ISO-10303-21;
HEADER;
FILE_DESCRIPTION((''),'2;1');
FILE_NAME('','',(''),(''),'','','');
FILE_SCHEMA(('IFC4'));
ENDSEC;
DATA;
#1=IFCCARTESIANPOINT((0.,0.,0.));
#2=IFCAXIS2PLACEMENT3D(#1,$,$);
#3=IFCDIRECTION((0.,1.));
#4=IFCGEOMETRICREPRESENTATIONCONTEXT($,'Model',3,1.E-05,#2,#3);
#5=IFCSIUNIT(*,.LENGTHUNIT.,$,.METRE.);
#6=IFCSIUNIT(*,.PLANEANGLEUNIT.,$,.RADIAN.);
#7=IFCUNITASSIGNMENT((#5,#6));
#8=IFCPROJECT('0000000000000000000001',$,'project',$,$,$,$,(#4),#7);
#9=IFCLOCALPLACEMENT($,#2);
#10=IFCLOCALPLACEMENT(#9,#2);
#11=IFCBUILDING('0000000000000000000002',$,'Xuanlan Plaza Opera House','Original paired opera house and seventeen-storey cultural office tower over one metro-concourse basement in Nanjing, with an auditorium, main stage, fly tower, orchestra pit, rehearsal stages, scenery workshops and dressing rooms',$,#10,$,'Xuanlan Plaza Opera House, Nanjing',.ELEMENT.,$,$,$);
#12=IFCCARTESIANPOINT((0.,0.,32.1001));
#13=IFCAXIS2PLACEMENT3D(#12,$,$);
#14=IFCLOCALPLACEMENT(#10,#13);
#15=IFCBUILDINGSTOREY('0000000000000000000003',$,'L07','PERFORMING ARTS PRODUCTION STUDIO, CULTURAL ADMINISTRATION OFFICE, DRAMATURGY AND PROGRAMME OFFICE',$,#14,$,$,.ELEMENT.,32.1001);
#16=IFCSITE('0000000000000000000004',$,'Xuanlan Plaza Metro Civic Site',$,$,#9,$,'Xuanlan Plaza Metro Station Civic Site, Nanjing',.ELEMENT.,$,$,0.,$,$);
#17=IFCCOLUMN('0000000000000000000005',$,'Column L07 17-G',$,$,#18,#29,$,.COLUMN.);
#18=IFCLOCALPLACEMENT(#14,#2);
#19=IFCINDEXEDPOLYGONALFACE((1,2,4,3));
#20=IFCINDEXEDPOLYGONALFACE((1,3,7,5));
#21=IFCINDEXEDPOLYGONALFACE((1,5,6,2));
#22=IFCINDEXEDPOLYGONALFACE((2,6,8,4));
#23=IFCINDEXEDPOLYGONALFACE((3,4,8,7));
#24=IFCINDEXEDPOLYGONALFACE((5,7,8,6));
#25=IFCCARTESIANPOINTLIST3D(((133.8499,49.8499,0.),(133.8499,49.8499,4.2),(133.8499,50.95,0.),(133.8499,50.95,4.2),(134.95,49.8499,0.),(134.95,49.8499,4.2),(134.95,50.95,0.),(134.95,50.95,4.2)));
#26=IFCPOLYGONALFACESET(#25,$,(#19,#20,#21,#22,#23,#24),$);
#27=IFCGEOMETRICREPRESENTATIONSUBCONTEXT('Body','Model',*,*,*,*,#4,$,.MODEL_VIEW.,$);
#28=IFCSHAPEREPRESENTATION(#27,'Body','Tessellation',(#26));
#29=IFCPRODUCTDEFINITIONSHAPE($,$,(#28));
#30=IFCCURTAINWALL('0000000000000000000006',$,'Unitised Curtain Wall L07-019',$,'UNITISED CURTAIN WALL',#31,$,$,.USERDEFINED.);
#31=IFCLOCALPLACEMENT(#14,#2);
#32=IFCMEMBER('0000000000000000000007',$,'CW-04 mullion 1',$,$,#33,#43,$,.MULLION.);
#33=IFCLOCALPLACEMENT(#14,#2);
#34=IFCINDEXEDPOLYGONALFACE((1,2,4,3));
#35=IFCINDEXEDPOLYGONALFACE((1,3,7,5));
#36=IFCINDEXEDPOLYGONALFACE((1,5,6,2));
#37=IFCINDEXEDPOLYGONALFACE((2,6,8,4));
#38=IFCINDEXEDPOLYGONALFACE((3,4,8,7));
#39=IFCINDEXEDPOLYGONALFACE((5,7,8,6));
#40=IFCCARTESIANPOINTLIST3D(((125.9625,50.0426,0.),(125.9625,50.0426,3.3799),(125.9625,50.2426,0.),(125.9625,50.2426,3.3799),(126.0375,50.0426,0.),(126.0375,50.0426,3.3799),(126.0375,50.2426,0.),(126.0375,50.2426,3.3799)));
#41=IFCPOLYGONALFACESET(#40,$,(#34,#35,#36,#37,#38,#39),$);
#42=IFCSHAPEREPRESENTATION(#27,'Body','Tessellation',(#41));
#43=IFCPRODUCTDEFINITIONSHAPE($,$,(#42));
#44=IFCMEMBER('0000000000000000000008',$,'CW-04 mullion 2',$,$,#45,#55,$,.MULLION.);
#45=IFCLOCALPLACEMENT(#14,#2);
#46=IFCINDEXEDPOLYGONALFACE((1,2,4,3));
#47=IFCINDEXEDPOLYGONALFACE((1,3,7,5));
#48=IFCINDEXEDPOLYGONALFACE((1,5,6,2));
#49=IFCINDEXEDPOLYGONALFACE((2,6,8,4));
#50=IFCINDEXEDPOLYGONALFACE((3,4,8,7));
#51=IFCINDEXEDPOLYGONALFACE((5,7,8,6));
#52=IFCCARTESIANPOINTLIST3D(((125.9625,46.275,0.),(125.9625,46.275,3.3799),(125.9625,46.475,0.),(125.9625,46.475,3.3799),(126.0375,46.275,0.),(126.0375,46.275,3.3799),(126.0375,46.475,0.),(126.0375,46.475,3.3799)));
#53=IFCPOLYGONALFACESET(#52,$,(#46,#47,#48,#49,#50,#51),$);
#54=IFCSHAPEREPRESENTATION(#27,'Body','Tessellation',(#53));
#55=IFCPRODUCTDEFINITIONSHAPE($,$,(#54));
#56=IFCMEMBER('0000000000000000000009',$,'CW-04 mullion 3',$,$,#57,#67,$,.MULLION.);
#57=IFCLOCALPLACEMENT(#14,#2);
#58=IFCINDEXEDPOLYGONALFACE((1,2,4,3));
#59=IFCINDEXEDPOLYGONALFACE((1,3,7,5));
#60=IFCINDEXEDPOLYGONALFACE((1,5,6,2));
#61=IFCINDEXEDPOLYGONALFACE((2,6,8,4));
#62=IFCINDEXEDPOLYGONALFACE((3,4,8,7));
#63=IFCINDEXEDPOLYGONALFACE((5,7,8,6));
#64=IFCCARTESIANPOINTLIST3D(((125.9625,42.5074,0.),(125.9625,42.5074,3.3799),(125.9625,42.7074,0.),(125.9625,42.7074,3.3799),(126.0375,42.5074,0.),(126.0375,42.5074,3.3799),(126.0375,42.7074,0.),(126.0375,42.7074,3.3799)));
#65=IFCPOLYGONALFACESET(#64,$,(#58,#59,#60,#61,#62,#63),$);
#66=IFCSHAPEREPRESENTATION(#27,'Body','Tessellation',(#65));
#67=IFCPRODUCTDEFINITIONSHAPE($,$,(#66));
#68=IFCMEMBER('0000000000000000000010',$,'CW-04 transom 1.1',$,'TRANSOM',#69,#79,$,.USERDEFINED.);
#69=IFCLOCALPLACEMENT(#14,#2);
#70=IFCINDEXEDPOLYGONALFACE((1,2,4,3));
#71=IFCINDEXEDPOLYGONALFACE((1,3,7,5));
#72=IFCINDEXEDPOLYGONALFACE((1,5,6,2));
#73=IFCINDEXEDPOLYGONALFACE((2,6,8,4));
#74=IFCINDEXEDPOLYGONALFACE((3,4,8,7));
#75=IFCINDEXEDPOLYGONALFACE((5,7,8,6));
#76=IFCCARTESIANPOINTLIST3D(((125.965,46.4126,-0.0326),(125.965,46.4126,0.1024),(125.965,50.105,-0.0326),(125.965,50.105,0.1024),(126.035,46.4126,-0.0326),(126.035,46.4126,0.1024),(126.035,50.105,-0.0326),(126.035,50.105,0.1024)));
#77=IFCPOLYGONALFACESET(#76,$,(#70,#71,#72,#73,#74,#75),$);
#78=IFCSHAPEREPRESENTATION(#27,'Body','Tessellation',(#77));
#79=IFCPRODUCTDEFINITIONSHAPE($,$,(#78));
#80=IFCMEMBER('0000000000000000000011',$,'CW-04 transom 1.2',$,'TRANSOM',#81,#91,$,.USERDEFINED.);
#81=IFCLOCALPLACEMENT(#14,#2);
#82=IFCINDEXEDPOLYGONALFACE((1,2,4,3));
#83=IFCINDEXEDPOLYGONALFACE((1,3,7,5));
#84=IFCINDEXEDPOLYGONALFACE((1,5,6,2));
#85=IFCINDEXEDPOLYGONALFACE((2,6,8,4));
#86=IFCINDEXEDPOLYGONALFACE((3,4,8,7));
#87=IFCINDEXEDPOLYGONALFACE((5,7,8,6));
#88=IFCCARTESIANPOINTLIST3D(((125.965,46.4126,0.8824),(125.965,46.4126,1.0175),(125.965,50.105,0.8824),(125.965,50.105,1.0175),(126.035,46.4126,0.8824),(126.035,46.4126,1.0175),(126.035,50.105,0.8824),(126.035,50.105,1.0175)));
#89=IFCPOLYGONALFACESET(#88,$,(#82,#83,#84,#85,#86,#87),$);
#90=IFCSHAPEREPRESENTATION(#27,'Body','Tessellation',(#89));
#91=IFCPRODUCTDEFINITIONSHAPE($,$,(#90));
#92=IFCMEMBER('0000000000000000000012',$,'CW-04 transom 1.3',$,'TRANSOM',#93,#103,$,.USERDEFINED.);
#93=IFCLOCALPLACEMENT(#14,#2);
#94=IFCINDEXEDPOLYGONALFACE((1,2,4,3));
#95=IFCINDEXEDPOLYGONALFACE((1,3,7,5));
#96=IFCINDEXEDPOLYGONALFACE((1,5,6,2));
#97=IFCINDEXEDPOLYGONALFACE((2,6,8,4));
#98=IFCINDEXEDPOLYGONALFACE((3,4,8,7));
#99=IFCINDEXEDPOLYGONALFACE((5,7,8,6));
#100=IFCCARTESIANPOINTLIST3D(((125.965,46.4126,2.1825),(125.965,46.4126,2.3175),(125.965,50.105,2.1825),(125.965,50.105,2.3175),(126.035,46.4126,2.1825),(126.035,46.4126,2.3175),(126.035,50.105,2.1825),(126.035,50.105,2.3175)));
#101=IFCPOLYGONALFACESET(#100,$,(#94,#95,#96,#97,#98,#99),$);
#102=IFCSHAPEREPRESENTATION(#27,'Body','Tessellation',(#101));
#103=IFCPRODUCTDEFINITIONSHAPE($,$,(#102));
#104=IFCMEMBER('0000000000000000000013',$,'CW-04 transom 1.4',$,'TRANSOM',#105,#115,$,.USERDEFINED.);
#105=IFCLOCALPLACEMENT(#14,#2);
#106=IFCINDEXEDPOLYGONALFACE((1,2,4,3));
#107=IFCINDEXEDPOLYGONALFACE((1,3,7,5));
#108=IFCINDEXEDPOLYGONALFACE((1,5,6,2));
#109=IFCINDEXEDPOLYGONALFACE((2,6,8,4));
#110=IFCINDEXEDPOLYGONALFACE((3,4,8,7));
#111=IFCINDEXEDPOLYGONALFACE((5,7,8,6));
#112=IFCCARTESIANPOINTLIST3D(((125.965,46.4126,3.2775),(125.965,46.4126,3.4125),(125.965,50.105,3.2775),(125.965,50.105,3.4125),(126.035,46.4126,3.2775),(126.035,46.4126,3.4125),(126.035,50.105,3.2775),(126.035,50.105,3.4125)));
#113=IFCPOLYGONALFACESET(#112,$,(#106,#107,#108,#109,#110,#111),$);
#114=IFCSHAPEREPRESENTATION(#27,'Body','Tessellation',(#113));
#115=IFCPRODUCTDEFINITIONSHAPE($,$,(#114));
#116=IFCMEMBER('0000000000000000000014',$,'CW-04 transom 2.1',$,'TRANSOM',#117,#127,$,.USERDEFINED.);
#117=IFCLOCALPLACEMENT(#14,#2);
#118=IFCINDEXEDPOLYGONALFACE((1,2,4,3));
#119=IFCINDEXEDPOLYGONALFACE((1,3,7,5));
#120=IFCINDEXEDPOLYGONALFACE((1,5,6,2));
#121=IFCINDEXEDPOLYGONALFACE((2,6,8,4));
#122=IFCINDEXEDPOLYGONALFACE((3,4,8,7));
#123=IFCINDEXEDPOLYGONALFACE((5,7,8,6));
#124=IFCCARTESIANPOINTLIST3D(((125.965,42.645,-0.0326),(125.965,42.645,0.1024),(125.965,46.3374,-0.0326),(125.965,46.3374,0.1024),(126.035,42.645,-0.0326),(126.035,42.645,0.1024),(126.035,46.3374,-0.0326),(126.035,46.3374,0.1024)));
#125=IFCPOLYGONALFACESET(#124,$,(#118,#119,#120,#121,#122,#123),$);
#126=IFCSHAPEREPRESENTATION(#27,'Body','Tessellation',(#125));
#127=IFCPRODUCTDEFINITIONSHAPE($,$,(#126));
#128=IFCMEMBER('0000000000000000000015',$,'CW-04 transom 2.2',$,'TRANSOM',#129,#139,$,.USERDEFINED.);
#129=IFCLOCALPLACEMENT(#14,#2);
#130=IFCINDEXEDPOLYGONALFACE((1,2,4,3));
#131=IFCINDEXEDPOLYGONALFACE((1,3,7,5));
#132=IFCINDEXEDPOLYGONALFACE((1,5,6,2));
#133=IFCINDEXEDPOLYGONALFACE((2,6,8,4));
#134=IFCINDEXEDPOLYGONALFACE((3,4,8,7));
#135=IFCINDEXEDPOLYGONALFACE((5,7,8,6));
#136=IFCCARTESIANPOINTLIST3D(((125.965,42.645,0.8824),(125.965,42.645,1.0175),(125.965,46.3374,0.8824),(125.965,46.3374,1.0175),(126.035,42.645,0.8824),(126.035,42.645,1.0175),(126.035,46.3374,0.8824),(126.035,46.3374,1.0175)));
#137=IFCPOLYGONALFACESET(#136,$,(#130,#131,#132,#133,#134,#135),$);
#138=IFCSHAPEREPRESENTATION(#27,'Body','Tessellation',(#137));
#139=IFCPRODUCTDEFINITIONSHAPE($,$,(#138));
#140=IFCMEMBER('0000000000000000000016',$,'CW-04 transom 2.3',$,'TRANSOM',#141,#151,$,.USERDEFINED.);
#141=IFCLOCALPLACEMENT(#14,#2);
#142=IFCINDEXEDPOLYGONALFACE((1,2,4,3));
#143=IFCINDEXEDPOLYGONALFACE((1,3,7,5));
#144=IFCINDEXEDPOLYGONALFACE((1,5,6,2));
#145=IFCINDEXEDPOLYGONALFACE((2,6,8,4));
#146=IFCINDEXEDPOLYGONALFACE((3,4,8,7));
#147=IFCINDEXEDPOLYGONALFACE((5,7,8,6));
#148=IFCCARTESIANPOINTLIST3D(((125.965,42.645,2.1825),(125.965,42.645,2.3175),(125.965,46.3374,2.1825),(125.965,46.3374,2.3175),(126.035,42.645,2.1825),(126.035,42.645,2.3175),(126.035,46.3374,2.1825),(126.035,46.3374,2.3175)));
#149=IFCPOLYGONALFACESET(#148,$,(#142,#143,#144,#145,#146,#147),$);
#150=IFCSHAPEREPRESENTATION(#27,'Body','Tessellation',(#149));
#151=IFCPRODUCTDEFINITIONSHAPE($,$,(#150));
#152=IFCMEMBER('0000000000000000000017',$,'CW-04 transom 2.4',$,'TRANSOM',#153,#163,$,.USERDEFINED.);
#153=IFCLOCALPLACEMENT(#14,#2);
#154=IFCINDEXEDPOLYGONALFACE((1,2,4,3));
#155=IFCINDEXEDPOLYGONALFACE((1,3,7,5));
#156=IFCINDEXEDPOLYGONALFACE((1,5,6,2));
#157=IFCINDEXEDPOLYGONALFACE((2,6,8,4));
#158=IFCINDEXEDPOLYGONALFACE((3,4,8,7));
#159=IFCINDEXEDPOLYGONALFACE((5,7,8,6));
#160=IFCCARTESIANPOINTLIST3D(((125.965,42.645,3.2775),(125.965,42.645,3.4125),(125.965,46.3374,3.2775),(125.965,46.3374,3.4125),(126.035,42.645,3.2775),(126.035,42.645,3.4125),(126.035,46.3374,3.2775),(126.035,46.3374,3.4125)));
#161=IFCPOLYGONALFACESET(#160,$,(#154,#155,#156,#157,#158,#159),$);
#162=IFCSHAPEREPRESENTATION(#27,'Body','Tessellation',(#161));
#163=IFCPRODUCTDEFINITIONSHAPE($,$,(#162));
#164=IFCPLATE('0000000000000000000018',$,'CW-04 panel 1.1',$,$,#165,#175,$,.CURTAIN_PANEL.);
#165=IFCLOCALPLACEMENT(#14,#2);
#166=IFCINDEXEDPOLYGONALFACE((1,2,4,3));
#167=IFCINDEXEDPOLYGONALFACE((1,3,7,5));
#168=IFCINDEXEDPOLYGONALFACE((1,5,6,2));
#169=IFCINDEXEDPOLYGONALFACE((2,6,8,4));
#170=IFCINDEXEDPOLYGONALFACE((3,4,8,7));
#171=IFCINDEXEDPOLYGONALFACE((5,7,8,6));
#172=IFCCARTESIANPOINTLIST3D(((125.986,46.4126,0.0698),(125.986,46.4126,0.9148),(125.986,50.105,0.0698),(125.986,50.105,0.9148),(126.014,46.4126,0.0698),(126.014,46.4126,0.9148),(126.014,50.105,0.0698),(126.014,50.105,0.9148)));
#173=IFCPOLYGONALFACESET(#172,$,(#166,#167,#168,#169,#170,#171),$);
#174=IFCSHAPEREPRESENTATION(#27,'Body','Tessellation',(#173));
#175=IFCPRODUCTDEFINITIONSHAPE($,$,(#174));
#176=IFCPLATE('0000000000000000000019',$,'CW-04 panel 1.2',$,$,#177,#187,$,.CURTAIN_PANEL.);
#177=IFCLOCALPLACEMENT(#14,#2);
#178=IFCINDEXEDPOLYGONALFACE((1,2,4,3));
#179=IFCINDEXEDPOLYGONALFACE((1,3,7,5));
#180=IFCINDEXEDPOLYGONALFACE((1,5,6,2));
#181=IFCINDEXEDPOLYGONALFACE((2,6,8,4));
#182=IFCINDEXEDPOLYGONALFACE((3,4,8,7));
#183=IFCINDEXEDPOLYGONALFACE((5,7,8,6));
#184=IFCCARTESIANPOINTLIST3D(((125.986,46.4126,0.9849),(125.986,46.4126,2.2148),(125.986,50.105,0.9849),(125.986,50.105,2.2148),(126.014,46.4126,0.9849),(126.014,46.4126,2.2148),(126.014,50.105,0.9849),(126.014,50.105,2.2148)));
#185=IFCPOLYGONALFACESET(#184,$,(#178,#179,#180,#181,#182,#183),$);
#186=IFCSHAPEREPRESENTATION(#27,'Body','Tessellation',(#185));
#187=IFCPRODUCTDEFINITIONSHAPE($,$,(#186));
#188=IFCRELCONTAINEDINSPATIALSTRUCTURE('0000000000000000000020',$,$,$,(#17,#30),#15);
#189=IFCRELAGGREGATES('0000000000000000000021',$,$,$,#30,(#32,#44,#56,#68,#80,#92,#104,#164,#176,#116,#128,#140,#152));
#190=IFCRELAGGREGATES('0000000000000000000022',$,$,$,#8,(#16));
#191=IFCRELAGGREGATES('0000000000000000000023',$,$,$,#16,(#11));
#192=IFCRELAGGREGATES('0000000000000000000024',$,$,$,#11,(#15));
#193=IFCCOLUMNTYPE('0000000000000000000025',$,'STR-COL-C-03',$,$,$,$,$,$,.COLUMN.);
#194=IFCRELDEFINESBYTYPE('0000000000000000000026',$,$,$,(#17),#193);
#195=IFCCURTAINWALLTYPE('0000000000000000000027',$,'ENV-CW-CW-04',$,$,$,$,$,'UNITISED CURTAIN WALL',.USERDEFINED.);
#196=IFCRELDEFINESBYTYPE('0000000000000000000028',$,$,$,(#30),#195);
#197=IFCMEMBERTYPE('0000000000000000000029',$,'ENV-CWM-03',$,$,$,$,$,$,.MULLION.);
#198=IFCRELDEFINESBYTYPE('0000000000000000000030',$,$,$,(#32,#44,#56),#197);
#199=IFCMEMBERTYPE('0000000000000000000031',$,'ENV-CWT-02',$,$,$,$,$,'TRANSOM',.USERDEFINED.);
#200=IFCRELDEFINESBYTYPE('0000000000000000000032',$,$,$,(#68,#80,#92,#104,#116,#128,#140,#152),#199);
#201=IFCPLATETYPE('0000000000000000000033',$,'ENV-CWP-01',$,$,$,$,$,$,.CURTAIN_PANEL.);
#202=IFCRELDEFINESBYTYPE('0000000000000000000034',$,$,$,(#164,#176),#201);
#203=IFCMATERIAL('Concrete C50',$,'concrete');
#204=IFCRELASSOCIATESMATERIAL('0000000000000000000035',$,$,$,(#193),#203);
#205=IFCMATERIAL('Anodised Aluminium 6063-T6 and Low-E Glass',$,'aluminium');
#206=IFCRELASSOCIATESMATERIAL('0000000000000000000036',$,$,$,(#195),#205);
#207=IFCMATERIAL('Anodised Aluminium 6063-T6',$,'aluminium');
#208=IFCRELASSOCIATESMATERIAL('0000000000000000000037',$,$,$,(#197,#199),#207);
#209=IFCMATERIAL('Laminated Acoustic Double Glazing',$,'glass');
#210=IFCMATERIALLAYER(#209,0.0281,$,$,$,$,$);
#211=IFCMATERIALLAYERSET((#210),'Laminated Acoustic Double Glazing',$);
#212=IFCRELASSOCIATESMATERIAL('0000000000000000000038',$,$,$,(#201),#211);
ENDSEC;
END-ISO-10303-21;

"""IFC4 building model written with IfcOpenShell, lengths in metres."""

from ifc_helpers import new_model, si_unit, direction, frame, origin, origin_2d, place, context, subcontext, project, spatial, rectangle, extrude, material, layer, layer_set, material_profile, profile_set, type_object, element, aggregate, save


model = new_model("IFC4")

# Units and contexts
model_context = context("Model", 3, precision=1e-05, world=origin(), true_north=direction((0.0, 1.0)))
body_context = subcontext(model_context, "Body", "Model", "MODEL_VIEW")
ifc_project = project(units=[si_unit("LENGTHUNIT", "METRE"), si_unit("PLANEANGLEUNIT", "RADIAN")], contexts=[model_context])

# Site, building, storey
site_placement = place(None, origin())
site = spatial("IfcSite", under=ifc_project, at=site_placement, Name="Xuanlan Plaza Metro Civic Site", LongName="Xuanlan Plaza Metro Station Civic Site, Nanjing", CompositionType="ELEMENT", RefElevation=0.0)
building_placement = place(site_placement, origin())
building = spatial("IfcBuilding", under=site, at=building_placement, Name="Xuanlan Plaza Opera House", Description="Original paired opera house and seventeen-storey cultural office tower over one metro-concourse basement in Nanjing, with an auditorium, main stage, fly tower, orchestra pit, rehearsal stages, scenery workshops and dressing rooms", LongName="Xuanlan Plaza Opera House, Nanjing", CompositionType="ELEMENT")
storey_placement = place(building_placement, frame((0.0, 0.0, 32.1001)))
storey = spatial("IfcBuildingStorey", under=building, at=storey_placement, Name="L07", Description="PERFORMING ARTS PRODUCTION STUDIO, CULTURAL ADMINISTRATION OFFICE, DRAMATURGY AND PROGRAMME OFFICE", CompositionType="ELEMENT", Elevation=32.1001)

# Column
ifc_material_1 = material(Name="Concrete C50", Category="concrete")
ifc_material_profile_1 = material_profile(ifc_material_1, rectangle(XDim=1.1001, YDim=1.1001, at=origin_2d()), Name="RC-COL 1100x1100")
ifc_profile_set_1 = profile_set([ifc_material_profile_1], Name="Concrete C50")
column_type = type_object("IfcColumnType", Name="STR-COL-C-03", PredefinedType="COLUMN", material=ifc_profile_set_1)
column_placement = place(storey_placement, frame((134.3999, 50.3999, 0.0), z_axis=(0.0, 0.0, 1.0), x_axis=(1.0, 0.0, 0.0)))
element("IfcColumn", 1, at=column_placement, inside=storey, type_object=column_type, Name="Column L07 17-G", PredefinedType="COLUMN", context=body_context, shape_type="SweptSolid", body=[
    extrude(rectangle(XDim=1.1001, YDim=1.1001, at=origin_2d()), origin(), (0.0, 0.0, 1.0), 4.2),
])

# Curtain wall, members, plates
ifc_material_2 = material(Name="Anodised Aluminium 6063-T6 and Low-E Glass", Category="aluminium")
curtain_wall_type = type_object("IfcCurtainWallType", Name="ENV-CW-CW-04", ElementType="UNITISED CURTAIN WALL", PredefinedType="USERDEFINED", material=ifc_material_2)
curtain_wall_placement = place(storey_placement, origin())
curtain_wall = element("IfcCurtainWall", 2, at=curtain_wall_placement, inside=storey, type_object=curtain_wall_type, Name="Unitised Curtain Wall L07-019", ObjectType="UNITISED CURTAIN WALL", PredefinedType="USERDEFINED")
ifc_material_3 = material(Name="Anodised Aluminium 6063-T6", Category="aluminium")
ifc_material_profile_2 = material_profile(ifc_material_3, rectangle(XDim=0.075, YDim=0.2, at=origin_2d()), Name="ALU-M 75x200")
ifc_profile_set_2 = profile_set([ifc_material_profile_2], Name="Anodised Aluminium 6063-T6")
member_type_1 = type_object("IfcMemberType", Name="ENV-CWM-03", PredefinedType="MULLION", material=ifc_profile_set_2)
member_1_placement = place(storey_placement, frame((126.0, 50.1426, 0.0), z_axis=(0.0, 0.0, 1.0), x_axis=(1.0, 0.0, 0.0)))
member_1 = element("IfcMember", 3, at=member_1_placement, type_object=member_type_1, Name="CW-04 mullion 1", PredefinedType="MULLION", context=body_context, shape_type="SweptSolid", body=[
    extrude(rectangle(XDim=0.075, YDim=0.2, at=origin_2d()), origin(), (0.0, 0.0, 1.0), 3.3799),
])
member_2_placement = place(storey_placement, frame((126.0, 46.375, 0.0), z_axis=(0.0, 0.0, 1.0), x_axis=(1.0, 0.0, 0.0)))
member_2 = element("IfcMember", 4, at=member_2_placement, type_object=member_type_1, Name="CW-04 mullion 2", PredefinedType="MULLION", context=body_context, shape_type="SweptSolid", body=[
    extrude(rectangle(XDim=0.075, YDim=0.2, at=origin_2d()), origin(), (0.0, 0.0, 1.0), 3.3799),
])
member_3_placement = place(storey_placement, frame((126.0, 42.6074, 0.0), z_axis=(0.0, 0.0, 1.0), x_axis=(1.0, 0.0, 0.0)))
member_3 = element("IfcMember", 5, at=member_3_placement, type_object=member_type_1, Name="CW-04 mullion 3", PredefinedType="MULLION", context=body_context, shape_type="SweptSolid", body=[
    extrude(rectangle(XDim=0.075, YDim=0.2, at=origin_2d()), origin(), (0.0, 0.0, 1.0), 3.3799),
])
ifc_material_profile_3 = material_profile(ifc_material_3, rectangle(XDim=0.0701, YDim=0.135, at=origin_2d()), Name="ALU-T 70x135")
ifc_profile_set_3 = profile_set([ifc_material_profile_3], Name="Anodised Aluminium 6063-T6")
member_type_2 = type_object("IfcMemberType", Name="ENV-CWT-02", ElementType="TRANSOM", PredefinedType="USERDEFINED", material=ifc_profile_set_3)
member_4_placement = place(storey_placement, frame((126.0, 50.105, 0.0349), z_axis=(0.0, -1.0, 0.0), x_axis=(1.0, 0.0, 0.0)))
member_4 = element("IfcMember", 6, at=member_4_placement, type_object=member_type_2, Name="CW-04 transom 1.1", ObjectType="TRANSOM", PredefinedType="USERDEFINED", context=body_context, shape_type="SweptSolid", body=[
    extrude(rectangle(XDim=0.0701, YDim=0.135, at=origin_2d()), origin(), (0.0, 0.0, 1.0), 3.6924),
])
member_5_placement = place(storey_placement, frame((126.0, 50.105, 0.95), z_axis=(0.0, -1.0, 0.0), x_axis=(1.0, 0.0, 0.0)))
member_5 = element("IfcMember", 7, at=member_5_placement, type_object=member_type_2, Name="CW-04 transom 1.2", ObjectType="TRANSOM", PredefinedType="USERDEFINED", context=body_context, shape_type="SweptSolid", body=[
    extrude(rectangle(XDim=0.0701, YDim=0.135, at=origin_2d()), origin(), (0.0, 0.0, 1.0), 3.6924),
])
member_6_placement = place(storey_placement, frame((126.0, 50.105, 2.25), z_axis=(0.0, -1.0, 0.0), x_axis=(1.0, 0.0, 0.0)))
member_6 = element("IfcMember", 8, at=member_6_placement, type_object=member_type_2, Name="CW-04 transom 1.3", ObjectType="TRANSOM", PredefinedType="USERDEFINED", context=body_context, shape_type="SweptSolid", body=[
    extrude(rectangle(XDim=0.0701, YDim=0.135, at=origin_2d()), origin(), (0.0, 0.0, 1.0), 3.6924),
])
member_7_placement = place(storey_placement, frame((126.0, 50.105, 3.345), z_axis=(0.0, -1.0, 0.0), x_axis=(1.0, 0.0, 0.0)))
member_7 = element("IfcMember", 9, at=member_7_placement, type_object=member_type_2, Name="CW-04 transom 1.4", ObjectType="TRANSOM", PredefinedType="USERDEFINED", context=body_context, shape_type="SweptSolid", body=[
    extrude(rectangle(XDim=0.0701, YDim=0.135, at=origin_2d()), origin(), (0.0, 0.0, 1.0), 3.6924),
])
member_8_placement = place(storey_placement, frame((126.0, 46.3374, 0.0349), z_axis=(0.0, -1.0, 0.0), x_axis=(1.0, 0.0, 0.0)))
member_8 = element("IfcMember", 10, at=member_8_placement, type_object=member_type_2, Name="CW-04 transom 2.1", ObjectType="TRANSOM", PredefinedType="USERDEFINED", context=body_context, shape_type="SweptSolid", body=[
    extrude(rectangle(XDim=0.0701, YDim=0.135, at=origin_2d()), origin(), (0.0, 0.0, 1.0), 3.6924),
])
member_9_placement = place(storey_placement, frame((126.0, 46.3374, 0.95), z_axis=(0.0, -1.0, 0.0), x_axis=(1.0, 0.0, 0.0)))
member_9 = element("IfcMember", 11, at=member_9_placement, type_object=member_type_2, Name="CW-04 transom 2.2", ObjectType="TRANSOM", PredefinedType="USERDEFINED", context=body_context, shape_type="SweptSolid", body=[
    extrude(rectangle(XDim=0.0701, YDim=0.135, at=origin_2d()), origin(), (0.0, 0.0, 1.0), 3.6924),
])
member_10_placement = place(storey_placement, frame((126.0, 46.3374, 2.25), z_axis=(0.0, -1.0, 0.0), x_axis=(1.0, 0.0, 0.0)))
member_10 = element("IfcMember", 12, at=member_10_placement, type_object=member_type_2, Name="CW-04 transom 2.3", ObjectType="TRANSOM", PredefinedType="USERDEFINED", context=body_context, shape_type="SweptSolid", body=[
    extrude(rectangle(XDim=0.0701, YDim=0.135, at=origin_2d()), origin(), (0.0, 0.0, 1.0), 3.6924),
])
member_11_placement = place(storey_placement, frame((126.0, 46.3374, 3.345), z_axis=(0.0, -1.0, 0.0), x_axis=(1.0, 0.0, 0.0)))
member_11 = element("IfcMember", 13, at=member_11_placement, type_object=member_type_2, Name="CW-04 transom 2.4", ObjectType="TRANSOM", PredefinedType="USERDEFINED", context=body_context, shape_type="SweptSolid", body=[
    extrude(rectangle(XDim=0.0701, YDim=0.135, at=origin_2d()), origin(), (0.0, 0.0, 1.0), 3.6924),
])
ifc_material_4 = material(Name="Laminated Acoustic Double Glazing", Category="glass")
ifc_layer_1 = layer(ifc_material_4, 0.0281)
ifc_layer_set_1 = layer_set([ifc_layer_1], Name="Laminated Acoustic Double Glazing")
plate_type = type_object("IfcPlateType", Name="ENV-CWP-01", PredefinedType="CURTAIN_PANEL", material=ifc_layer_set_1)
plate_1_placement = place(storey_placement, frame((126.0, 48.2588, 0.0698), z_axis=(0.0, 0.0, 1.0), x_axis=(0.0, -1.0, 0.0)))
plate_1 = element("IfcPlate", 14, at=plate_1_placement, type_object=plate_type, Name="CW-04 panel 1.1", PredefinedType="CURTAIN_PANEL", context=body_context, shape_type="SweptSolid", body=[
    extrude(rectangle(XDim=3.6924, YDim=0.0281, at=origin_2d()), origin(), (0.0, 0.0, 1.0), 0.845),
])
plate_2_placement = place(storey_placement, frame((126.0, 48.2588, 0.9849), z_axis=(0.0, 0.0, 1.0), x_axis=(0.0, -1.0, 0.0)))
plate_2 = element("IfcPlate", 15, at=plate_2_placement, type_object=plate_type, Name="CW-04 panel 1.2", PredefinedType="CURTAIN_PANEL", context=body_context, shape_type="SweptSolid", body=[
    extrude(rectangle(XDim=3.6924, YDim=0.0281, at=origin_2d()), origin(), (0.0, 0.0, 1.0), 1.23),
])
aggregate(curtain_wall, [member_1, member_2, member_3, member_4, member_5, member_6, member_7, plate_1, plate_2, member_8, member_9, member_10, member_11])

save(model, "model.ifc")
